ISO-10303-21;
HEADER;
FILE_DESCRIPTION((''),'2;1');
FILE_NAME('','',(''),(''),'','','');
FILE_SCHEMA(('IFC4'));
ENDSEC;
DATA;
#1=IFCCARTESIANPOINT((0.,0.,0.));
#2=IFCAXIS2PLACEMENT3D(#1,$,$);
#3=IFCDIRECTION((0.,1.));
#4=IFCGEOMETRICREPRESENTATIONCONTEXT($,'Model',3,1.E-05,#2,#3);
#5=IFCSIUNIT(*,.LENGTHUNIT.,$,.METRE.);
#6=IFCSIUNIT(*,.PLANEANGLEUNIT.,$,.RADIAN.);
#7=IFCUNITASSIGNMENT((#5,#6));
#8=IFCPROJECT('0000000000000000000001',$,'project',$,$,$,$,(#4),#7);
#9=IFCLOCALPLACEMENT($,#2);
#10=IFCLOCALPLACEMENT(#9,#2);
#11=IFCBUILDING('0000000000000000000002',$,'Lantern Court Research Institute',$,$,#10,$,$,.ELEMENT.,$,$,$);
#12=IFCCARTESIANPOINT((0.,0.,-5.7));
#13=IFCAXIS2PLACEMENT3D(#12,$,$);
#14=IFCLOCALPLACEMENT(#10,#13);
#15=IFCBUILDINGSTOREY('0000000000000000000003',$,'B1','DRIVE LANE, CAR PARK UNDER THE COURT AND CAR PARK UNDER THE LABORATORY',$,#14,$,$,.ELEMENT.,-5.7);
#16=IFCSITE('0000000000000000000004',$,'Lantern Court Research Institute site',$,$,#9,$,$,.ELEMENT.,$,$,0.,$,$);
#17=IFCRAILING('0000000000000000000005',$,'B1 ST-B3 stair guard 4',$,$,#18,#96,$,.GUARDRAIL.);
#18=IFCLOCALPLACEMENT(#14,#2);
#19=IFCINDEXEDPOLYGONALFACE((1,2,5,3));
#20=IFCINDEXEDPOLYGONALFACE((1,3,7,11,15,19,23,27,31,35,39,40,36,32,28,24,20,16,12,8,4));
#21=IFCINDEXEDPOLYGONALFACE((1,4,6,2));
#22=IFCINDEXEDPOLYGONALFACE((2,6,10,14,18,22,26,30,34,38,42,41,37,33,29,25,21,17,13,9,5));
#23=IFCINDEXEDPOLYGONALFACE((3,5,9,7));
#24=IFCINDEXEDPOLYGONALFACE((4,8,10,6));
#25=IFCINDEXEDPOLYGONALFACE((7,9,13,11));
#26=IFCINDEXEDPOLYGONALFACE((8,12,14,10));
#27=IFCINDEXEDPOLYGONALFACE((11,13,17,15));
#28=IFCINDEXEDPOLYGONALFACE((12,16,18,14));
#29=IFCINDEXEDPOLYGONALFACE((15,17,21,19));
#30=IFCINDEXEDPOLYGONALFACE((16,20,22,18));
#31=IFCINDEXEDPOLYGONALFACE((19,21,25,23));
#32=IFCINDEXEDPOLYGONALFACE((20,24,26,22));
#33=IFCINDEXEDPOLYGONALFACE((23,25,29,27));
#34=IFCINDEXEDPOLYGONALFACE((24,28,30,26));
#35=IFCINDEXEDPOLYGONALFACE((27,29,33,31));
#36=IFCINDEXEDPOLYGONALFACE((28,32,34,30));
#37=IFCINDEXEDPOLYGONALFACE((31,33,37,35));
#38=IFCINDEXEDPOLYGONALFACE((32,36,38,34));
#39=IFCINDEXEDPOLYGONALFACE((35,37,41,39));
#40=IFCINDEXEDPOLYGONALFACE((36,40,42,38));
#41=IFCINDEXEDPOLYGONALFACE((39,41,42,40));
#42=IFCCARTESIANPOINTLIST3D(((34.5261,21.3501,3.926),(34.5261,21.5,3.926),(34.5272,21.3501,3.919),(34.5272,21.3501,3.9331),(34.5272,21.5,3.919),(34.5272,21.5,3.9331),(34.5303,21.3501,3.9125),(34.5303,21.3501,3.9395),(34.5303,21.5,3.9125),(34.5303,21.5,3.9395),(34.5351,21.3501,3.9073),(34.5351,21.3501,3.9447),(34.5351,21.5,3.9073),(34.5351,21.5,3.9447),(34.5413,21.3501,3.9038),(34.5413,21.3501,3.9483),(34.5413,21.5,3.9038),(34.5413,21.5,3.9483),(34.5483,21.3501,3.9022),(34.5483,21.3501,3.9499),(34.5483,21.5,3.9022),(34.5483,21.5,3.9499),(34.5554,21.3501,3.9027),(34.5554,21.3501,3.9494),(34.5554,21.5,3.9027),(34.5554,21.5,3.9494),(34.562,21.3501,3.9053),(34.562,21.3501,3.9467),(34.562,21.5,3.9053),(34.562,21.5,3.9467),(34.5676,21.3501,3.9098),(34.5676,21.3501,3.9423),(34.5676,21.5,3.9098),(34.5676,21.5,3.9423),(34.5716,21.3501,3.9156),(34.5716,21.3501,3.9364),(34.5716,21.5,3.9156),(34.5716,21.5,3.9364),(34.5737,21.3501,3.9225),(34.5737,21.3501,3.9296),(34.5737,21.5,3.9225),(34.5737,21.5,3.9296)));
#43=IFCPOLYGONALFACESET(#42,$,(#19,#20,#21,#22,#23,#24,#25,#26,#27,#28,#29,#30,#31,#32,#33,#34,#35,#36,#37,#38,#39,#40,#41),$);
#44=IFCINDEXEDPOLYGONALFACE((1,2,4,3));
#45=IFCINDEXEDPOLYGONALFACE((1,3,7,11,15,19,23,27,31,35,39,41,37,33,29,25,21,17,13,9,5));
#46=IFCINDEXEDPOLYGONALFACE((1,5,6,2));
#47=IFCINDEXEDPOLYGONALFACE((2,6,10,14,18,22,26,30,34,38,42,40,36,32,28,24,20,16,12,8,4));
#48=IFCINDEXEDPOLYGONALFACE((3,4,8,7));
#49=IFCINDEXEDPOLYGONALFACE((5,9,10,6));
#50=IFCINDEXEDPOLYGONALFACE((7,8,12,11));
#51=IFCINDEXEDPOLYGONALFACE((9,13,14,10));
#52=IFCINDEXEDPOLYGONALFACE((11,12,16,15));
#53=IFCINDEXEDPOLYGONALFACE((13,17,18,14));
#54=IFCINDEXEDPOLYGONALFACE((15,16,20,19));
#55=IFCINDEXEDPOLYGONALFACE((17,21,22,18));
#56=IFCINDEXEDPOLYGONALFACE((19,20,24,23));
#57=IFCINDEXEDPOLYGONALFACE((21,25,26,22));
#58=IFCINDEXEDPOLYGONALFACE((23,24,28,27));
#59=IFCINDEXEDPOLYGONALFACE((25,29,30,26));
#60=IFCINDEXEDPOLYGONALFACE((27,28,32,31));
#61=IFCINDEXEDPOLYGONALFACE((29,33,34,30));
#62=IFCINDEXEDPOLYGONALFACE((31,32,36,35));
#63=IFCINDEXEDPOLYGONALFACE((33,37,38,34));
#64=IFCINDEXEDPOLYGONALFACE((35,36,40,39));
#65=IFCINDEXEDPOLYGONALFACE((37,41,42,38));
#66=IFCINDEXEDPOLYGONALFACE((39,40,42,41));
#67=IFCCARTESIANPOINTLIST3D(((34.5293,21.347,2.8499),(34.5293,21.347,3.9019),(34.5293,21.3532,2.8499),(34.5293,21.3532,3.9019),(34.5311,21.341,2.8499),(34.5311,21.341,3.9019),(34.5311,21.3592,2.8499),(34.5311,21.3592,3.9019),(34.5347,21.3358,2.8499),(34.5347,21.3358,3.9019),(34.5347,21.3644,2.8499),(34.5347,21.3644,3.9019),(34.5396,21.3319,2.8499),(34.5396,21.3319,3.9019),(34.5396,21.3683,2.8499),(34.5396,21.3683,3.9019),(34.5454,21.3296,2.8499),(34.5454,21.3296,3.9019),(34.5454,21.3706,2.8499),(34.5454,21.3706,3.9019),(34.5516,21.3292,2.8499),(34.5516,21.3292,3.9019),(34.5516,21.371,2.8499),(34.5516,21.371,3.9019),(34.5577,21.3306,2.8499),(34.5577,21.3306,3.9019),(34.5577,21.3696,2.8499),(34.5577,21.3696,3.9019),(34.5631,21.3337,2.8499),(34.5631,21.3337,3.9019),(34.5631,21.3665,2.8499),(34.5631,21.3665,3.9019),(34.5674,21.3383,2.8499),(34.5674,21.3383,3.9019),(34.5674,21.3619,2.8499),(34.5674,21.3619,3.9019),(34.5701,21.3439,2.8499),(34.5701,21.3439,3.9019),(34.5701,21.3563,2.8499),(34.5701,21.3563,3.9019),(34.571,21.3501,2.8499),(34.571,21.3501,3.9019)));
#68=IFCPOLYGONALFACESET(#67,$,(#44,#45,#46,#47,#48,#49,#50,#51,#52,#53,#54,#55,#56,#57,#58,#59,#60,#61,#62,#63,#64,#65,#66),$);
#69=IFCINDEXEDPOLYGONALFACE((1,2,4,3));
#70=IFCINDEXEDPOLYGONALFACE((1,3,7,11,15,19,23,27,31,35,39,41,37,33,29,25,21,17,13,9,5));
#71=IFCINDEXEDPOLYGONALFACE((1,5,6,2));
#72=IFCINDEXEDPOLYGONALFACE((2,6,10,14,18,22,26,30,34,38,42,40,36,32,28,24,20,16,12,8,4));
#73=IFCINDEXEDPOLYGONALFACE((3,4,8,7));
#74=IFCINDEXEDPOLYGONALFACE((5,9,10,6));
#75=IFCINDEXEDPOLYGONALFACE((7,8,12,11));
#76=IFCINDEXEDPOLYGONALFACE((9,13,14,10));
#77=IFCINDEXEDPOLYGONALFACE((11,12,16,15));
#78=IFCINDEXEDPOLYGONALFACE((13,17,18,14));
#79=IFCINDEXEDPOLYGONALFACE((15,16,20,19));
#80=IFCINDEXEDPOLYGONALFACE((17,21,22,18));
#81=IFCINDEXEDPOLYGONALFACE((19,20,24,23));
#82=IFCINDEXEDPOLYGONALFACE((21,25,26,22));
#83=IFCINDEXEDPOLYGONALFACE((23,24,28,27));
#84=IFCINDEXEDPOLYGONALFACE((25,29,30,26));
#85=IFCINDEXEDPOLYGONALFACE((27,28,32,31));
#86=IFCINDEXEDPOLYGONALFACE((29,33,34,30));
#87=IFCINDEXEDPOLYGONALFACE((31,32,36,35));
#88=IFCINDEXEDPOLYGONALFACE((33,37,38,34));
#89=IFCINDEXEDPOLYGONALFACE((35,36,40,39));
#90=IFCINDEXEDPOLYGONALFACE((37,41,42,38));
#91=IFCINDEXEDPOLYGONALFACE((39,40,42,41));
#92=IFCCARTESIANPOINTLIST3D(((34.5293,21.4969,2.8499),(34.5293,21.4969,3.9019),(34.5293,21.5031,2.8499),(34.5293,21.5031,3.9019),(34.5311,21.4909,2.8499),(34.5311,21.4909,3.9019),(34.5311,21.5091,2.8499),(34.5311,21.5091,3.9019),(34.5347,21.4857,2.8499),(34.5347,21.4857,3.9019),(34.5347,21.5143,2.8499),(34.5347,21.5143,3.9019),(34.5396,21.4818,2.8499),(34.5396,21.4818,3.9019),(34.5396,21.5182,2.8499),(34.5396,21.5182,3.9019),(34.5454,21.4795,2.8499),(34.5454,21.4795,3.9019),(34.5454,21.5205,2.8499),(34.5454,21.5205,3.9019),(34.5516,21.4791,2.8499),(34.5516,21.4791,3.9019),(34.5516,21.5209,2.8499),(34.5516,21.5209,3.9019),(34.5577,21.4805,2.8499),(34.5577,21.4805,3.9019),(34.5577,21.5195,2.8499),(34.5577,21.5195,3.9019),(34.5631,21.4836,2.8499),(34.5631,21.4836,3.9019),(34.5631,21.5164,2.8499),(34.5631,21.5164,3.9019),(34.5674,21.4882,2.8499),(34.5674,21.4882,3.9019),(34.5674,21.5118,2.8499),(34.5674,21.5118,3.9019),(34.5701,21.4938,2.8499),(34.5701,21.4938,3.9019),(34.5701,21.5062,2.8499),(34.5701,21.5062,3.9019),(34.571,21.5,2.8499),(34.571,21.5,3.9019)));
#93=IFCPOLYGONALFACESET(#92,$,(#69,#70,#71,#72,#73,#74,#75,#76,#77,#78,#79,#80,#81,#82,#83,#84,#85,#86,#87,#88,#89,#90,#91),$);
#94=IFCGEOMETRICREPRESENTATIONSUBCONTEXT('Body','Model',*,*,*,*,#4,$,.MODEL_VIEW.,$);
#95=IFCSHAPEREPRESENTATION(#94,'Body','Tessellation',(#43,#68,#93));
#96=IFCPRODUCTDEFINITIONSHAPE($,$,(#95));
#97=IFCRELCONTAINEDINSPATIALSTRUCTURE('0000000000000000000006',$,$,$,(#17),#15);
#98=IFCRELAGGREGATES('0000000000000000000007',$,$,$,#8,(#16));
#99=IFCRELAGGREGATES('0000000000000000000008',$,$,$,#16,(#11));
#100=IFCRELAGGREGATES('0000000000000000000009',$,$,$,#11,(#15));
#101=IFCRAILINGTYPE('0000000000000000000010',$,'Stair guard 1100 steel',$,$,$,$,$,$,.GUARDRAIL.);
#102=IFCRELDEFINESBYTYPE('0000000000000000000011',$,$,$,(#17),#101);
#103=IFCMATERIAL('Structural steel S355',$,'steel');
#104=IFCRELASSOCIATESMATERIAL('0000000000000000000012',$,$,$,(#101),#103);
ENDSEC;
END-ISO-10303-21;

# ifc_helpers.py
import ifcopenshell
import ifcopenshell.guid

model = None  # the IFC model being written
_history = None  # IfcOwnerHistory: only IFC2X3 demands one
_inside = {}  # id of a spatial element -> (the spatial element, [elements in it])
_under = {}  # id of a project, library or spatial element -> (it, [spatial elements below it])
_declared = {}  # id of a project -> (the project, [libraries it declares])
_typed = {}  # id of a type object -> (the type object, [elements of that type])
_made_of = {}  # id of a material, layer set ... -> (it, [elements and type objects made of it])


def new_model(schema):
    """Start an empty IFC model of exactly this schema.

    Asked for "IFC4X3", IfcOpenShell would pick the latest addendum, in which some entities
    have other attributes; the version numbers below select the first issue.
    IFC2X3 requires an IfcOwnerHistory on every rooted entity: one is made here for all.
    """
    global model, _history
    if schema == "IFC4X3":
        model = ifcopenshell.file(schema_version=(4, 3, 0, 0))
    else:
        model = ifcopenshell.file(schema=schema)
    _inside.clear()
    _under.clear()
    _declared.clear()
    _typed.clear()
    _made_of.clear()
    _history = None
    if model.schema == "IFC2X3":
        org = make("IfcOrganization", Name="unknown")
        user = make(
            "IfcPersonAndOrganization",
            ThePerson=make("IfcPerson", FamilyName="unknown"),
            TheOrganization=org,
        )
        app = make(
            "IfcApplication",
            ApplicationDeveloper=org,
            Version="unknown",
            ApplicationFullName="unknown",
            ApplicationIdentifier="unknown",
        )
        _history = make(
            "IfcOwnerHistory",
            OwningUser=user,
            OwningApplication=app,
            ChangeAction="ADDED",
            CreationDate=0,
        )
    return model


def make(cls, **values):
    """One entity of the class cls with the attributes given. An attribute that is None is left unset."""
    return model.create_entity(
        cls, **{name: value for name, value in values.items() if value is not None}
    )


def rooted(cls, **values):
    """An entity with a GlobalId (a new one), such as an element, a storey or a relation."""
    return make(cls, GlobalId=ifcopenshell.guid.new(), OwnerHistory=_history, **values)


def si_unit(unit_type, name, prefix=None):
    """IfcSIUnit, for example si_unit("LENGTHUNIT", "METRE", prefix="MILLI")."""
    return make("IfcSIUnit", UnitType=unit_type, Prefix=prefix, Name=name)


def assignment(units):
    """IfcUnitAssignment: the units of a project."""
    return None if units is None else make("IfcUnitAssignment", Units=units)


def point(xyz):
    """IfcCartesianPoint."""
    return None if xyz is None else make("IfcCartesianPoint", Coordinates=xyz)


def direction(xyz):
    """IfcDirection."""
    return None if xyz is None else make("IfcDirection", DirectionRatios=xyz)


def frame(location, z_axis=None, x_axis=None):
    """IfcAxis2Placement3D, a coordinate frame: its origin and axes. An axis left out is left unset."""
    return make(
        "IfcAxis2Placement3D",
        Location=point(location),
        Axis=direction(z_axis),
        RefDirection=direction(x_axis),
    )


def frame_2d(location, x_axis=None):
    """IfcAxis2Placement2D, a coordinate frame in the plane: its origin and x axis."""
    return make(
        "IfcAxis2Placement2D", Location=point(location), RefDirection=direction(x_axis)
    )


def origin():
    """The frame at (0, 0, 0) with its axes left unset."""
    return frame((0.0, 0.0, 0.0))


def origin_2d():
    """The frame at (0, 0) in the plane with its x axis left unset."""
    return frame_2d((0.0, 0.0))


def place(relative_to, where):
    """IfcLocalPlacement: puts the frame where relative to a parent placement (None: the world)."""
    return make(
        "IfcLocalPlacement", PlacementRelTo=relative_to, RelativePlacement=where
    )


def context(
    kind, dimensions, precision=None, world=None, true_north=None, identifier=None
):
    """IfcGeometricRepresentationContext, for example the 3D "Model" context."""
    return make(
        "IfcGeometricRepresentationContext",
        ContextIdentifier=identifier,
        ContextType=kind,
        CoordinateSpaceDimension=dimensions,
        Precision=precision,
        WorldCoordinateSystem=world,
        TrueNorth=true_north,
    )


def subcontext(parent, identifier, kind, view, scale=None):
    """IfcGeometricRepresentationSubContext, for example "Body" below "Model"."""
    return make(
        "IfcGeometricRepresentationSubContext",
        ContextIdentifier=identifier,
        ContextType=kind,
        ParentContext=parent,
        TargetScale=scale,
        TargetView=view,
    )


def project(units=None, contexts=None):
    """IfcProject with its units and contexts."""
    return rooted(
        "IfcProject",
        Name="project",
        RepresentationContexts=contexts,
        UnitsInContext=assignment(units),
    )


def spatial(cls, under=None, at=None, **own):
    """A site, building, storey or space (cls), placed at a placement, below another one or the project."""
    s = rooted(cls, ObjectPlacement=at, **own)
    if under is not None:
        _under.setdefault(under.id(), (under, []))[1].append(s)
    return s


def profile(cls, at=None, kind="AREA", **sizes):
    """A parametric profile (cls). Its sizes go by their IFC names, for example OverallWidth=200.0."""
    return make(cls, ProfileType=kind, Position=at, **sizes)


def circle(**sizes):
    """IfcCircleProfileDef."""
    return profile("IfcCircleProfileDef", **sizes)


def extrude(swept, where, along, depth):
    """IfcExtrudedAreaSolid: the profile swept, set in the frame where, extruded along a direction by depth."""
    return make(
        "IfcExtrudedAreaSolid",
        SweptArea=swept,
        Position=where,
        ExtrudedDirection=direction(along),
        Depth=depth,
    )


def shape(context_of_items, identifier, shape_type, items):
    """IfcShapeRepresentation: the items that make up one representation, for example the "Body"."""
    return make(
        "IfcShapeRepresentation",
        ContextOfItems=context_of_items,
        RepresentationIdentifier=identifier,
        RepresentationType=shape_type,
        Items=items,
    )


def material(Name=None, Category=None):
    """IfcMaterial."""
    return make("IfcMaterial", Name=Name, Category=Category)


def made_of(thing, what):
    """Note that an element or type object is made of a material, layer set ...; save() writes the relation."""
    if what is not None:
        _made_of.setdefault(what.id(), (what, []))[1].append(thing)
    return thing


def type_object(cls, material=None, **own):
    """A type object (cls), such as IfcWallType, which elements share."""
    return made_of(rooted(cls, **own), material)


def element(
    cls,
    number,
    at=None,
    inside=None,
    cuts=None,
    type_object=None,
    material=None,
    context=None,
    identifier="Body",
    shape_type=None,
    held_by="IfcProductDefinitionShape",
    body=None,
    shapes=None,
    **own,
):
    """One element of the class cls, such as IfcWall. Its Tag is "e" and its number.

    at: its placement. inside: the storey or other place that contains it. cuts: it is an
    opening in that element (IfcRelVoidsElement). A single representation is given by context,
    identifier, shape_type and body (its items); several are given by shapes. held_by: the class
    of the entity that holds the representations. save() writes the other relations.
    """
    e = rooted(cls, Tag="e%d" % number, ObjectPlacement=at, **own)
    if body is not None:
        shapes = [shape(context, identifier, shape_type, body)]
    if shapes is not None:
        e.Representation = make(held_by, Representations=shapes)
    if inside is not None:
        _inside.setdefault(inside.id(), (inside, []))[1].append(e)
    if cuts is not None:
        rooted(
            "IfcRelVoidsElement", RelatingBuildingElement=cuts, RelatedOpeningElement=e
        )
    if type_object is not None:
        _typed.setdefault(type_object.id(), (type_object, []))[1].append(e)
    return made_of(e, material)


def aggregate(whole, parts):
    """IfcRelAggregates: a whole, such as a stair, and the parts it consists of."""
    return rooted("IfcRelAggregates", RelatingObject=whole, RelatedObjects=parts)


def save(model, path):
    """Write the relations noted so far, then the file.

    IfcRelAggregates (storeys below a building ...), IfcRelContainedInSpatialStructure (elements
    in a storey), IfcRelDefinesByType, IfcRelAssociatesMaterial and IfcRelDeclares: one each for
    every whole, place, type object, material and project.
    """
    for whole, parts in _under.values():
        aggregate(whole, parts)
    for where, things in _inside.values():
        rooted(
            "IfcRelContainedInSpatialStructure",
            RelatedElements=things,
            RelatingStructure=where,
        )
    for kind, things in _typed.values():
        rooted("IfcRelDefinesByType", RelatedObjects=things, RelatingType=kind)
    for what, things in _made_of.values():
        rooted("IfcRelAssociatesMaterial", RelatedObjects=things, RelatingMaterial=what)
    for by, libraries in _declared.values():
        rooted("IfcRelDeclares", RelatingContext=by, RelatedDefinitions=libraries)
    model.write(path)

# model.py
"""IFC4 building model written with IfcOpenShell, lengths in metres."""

from ifc_helpers import new_model, si_unit, direction, frame, origin, origin_2d, place, context, subcontext, project, spatial, circle, extrude, material, type_object, element, save


model = new_model("IFC4")

# Units and contexts
model_context = context("Model", 3, precision=1e-05, world=origin(), true_north=direction((0.0, 1.0)))
body_context = subcontext(model_context, "Body", "Model", "MODEL_VIEW")
ifc_project = project(units=[si_unit("LENGTHUNIT", "METRE"), si_unit("PLANEANGLEUNIT", "RADIAN")], contexts=[model_context])

# Site, building, storey
site_placement = place(None, origin())
site = spatial("IfcSite", under=ifc_project, at=site_placement, Name="Lantern Court Research Institute site", CompositionType="ELEMENT", RefElevation=0.0)
building_placement = place(site_placement, origin())
building = spatial("IfcBuilding", under=site, at=building_placement, Name="Lantern Court Research Institute", CompositionType="ELEMENT")
storey_placement = place(building_placement, frame((0.0, 0.0, -5.7)))
storey = spatial("IfcBuildingStorey", under=building, at=storey_placement, Name="B1", Description="DRIVE LANE, CAR PARK UNDER THE COURT AND CAR PARK UNDER THE LABORATORY", CompositionType="ELEMENT", Elevation=-5.7)

# Railing
ifc_material_1 = material(Name="Structural steel S355", Category="steel")
railing_type_1 = type_object("IfcRailingType", Name="Stair guard 1100 steel", PredefinedType="GUARDRAIL", material=ifc_material_1)
railing_1_placement = place(storey_placement, frame((34.55, 21.3501, 2.8499)))
element("IfcRailing", 1, at=railing_1_placement, inside=storey, type_object=railing_type_1, Name="B1 ST-B3 stair guard 4", PredefinedType="GUARDRAIL", context=body_context, shape_type="SweptSolid", body=[
    extrude(circle(Radius=0.0239, at=origin_2d()), frame((0.0, 0.0, 1.0762), z_axis=(0.0, 1.0, 0.0), x_axis=(-1.0, 0.0, 0.0)), (0.0, 0.0, 1.0), 0.1499),
    extrude(circle(Radius=0.021, at=origin_2d()), origin(), (0.0, 0.0, 1.0), 1.052),
    extrude(circle(Radius=0.021, at=origin_2d()), frame((0.0, 0.1499, 0.0)), (0.0, 0.0, 1.0), 1.052),
])

save(model, "model.ifc")
